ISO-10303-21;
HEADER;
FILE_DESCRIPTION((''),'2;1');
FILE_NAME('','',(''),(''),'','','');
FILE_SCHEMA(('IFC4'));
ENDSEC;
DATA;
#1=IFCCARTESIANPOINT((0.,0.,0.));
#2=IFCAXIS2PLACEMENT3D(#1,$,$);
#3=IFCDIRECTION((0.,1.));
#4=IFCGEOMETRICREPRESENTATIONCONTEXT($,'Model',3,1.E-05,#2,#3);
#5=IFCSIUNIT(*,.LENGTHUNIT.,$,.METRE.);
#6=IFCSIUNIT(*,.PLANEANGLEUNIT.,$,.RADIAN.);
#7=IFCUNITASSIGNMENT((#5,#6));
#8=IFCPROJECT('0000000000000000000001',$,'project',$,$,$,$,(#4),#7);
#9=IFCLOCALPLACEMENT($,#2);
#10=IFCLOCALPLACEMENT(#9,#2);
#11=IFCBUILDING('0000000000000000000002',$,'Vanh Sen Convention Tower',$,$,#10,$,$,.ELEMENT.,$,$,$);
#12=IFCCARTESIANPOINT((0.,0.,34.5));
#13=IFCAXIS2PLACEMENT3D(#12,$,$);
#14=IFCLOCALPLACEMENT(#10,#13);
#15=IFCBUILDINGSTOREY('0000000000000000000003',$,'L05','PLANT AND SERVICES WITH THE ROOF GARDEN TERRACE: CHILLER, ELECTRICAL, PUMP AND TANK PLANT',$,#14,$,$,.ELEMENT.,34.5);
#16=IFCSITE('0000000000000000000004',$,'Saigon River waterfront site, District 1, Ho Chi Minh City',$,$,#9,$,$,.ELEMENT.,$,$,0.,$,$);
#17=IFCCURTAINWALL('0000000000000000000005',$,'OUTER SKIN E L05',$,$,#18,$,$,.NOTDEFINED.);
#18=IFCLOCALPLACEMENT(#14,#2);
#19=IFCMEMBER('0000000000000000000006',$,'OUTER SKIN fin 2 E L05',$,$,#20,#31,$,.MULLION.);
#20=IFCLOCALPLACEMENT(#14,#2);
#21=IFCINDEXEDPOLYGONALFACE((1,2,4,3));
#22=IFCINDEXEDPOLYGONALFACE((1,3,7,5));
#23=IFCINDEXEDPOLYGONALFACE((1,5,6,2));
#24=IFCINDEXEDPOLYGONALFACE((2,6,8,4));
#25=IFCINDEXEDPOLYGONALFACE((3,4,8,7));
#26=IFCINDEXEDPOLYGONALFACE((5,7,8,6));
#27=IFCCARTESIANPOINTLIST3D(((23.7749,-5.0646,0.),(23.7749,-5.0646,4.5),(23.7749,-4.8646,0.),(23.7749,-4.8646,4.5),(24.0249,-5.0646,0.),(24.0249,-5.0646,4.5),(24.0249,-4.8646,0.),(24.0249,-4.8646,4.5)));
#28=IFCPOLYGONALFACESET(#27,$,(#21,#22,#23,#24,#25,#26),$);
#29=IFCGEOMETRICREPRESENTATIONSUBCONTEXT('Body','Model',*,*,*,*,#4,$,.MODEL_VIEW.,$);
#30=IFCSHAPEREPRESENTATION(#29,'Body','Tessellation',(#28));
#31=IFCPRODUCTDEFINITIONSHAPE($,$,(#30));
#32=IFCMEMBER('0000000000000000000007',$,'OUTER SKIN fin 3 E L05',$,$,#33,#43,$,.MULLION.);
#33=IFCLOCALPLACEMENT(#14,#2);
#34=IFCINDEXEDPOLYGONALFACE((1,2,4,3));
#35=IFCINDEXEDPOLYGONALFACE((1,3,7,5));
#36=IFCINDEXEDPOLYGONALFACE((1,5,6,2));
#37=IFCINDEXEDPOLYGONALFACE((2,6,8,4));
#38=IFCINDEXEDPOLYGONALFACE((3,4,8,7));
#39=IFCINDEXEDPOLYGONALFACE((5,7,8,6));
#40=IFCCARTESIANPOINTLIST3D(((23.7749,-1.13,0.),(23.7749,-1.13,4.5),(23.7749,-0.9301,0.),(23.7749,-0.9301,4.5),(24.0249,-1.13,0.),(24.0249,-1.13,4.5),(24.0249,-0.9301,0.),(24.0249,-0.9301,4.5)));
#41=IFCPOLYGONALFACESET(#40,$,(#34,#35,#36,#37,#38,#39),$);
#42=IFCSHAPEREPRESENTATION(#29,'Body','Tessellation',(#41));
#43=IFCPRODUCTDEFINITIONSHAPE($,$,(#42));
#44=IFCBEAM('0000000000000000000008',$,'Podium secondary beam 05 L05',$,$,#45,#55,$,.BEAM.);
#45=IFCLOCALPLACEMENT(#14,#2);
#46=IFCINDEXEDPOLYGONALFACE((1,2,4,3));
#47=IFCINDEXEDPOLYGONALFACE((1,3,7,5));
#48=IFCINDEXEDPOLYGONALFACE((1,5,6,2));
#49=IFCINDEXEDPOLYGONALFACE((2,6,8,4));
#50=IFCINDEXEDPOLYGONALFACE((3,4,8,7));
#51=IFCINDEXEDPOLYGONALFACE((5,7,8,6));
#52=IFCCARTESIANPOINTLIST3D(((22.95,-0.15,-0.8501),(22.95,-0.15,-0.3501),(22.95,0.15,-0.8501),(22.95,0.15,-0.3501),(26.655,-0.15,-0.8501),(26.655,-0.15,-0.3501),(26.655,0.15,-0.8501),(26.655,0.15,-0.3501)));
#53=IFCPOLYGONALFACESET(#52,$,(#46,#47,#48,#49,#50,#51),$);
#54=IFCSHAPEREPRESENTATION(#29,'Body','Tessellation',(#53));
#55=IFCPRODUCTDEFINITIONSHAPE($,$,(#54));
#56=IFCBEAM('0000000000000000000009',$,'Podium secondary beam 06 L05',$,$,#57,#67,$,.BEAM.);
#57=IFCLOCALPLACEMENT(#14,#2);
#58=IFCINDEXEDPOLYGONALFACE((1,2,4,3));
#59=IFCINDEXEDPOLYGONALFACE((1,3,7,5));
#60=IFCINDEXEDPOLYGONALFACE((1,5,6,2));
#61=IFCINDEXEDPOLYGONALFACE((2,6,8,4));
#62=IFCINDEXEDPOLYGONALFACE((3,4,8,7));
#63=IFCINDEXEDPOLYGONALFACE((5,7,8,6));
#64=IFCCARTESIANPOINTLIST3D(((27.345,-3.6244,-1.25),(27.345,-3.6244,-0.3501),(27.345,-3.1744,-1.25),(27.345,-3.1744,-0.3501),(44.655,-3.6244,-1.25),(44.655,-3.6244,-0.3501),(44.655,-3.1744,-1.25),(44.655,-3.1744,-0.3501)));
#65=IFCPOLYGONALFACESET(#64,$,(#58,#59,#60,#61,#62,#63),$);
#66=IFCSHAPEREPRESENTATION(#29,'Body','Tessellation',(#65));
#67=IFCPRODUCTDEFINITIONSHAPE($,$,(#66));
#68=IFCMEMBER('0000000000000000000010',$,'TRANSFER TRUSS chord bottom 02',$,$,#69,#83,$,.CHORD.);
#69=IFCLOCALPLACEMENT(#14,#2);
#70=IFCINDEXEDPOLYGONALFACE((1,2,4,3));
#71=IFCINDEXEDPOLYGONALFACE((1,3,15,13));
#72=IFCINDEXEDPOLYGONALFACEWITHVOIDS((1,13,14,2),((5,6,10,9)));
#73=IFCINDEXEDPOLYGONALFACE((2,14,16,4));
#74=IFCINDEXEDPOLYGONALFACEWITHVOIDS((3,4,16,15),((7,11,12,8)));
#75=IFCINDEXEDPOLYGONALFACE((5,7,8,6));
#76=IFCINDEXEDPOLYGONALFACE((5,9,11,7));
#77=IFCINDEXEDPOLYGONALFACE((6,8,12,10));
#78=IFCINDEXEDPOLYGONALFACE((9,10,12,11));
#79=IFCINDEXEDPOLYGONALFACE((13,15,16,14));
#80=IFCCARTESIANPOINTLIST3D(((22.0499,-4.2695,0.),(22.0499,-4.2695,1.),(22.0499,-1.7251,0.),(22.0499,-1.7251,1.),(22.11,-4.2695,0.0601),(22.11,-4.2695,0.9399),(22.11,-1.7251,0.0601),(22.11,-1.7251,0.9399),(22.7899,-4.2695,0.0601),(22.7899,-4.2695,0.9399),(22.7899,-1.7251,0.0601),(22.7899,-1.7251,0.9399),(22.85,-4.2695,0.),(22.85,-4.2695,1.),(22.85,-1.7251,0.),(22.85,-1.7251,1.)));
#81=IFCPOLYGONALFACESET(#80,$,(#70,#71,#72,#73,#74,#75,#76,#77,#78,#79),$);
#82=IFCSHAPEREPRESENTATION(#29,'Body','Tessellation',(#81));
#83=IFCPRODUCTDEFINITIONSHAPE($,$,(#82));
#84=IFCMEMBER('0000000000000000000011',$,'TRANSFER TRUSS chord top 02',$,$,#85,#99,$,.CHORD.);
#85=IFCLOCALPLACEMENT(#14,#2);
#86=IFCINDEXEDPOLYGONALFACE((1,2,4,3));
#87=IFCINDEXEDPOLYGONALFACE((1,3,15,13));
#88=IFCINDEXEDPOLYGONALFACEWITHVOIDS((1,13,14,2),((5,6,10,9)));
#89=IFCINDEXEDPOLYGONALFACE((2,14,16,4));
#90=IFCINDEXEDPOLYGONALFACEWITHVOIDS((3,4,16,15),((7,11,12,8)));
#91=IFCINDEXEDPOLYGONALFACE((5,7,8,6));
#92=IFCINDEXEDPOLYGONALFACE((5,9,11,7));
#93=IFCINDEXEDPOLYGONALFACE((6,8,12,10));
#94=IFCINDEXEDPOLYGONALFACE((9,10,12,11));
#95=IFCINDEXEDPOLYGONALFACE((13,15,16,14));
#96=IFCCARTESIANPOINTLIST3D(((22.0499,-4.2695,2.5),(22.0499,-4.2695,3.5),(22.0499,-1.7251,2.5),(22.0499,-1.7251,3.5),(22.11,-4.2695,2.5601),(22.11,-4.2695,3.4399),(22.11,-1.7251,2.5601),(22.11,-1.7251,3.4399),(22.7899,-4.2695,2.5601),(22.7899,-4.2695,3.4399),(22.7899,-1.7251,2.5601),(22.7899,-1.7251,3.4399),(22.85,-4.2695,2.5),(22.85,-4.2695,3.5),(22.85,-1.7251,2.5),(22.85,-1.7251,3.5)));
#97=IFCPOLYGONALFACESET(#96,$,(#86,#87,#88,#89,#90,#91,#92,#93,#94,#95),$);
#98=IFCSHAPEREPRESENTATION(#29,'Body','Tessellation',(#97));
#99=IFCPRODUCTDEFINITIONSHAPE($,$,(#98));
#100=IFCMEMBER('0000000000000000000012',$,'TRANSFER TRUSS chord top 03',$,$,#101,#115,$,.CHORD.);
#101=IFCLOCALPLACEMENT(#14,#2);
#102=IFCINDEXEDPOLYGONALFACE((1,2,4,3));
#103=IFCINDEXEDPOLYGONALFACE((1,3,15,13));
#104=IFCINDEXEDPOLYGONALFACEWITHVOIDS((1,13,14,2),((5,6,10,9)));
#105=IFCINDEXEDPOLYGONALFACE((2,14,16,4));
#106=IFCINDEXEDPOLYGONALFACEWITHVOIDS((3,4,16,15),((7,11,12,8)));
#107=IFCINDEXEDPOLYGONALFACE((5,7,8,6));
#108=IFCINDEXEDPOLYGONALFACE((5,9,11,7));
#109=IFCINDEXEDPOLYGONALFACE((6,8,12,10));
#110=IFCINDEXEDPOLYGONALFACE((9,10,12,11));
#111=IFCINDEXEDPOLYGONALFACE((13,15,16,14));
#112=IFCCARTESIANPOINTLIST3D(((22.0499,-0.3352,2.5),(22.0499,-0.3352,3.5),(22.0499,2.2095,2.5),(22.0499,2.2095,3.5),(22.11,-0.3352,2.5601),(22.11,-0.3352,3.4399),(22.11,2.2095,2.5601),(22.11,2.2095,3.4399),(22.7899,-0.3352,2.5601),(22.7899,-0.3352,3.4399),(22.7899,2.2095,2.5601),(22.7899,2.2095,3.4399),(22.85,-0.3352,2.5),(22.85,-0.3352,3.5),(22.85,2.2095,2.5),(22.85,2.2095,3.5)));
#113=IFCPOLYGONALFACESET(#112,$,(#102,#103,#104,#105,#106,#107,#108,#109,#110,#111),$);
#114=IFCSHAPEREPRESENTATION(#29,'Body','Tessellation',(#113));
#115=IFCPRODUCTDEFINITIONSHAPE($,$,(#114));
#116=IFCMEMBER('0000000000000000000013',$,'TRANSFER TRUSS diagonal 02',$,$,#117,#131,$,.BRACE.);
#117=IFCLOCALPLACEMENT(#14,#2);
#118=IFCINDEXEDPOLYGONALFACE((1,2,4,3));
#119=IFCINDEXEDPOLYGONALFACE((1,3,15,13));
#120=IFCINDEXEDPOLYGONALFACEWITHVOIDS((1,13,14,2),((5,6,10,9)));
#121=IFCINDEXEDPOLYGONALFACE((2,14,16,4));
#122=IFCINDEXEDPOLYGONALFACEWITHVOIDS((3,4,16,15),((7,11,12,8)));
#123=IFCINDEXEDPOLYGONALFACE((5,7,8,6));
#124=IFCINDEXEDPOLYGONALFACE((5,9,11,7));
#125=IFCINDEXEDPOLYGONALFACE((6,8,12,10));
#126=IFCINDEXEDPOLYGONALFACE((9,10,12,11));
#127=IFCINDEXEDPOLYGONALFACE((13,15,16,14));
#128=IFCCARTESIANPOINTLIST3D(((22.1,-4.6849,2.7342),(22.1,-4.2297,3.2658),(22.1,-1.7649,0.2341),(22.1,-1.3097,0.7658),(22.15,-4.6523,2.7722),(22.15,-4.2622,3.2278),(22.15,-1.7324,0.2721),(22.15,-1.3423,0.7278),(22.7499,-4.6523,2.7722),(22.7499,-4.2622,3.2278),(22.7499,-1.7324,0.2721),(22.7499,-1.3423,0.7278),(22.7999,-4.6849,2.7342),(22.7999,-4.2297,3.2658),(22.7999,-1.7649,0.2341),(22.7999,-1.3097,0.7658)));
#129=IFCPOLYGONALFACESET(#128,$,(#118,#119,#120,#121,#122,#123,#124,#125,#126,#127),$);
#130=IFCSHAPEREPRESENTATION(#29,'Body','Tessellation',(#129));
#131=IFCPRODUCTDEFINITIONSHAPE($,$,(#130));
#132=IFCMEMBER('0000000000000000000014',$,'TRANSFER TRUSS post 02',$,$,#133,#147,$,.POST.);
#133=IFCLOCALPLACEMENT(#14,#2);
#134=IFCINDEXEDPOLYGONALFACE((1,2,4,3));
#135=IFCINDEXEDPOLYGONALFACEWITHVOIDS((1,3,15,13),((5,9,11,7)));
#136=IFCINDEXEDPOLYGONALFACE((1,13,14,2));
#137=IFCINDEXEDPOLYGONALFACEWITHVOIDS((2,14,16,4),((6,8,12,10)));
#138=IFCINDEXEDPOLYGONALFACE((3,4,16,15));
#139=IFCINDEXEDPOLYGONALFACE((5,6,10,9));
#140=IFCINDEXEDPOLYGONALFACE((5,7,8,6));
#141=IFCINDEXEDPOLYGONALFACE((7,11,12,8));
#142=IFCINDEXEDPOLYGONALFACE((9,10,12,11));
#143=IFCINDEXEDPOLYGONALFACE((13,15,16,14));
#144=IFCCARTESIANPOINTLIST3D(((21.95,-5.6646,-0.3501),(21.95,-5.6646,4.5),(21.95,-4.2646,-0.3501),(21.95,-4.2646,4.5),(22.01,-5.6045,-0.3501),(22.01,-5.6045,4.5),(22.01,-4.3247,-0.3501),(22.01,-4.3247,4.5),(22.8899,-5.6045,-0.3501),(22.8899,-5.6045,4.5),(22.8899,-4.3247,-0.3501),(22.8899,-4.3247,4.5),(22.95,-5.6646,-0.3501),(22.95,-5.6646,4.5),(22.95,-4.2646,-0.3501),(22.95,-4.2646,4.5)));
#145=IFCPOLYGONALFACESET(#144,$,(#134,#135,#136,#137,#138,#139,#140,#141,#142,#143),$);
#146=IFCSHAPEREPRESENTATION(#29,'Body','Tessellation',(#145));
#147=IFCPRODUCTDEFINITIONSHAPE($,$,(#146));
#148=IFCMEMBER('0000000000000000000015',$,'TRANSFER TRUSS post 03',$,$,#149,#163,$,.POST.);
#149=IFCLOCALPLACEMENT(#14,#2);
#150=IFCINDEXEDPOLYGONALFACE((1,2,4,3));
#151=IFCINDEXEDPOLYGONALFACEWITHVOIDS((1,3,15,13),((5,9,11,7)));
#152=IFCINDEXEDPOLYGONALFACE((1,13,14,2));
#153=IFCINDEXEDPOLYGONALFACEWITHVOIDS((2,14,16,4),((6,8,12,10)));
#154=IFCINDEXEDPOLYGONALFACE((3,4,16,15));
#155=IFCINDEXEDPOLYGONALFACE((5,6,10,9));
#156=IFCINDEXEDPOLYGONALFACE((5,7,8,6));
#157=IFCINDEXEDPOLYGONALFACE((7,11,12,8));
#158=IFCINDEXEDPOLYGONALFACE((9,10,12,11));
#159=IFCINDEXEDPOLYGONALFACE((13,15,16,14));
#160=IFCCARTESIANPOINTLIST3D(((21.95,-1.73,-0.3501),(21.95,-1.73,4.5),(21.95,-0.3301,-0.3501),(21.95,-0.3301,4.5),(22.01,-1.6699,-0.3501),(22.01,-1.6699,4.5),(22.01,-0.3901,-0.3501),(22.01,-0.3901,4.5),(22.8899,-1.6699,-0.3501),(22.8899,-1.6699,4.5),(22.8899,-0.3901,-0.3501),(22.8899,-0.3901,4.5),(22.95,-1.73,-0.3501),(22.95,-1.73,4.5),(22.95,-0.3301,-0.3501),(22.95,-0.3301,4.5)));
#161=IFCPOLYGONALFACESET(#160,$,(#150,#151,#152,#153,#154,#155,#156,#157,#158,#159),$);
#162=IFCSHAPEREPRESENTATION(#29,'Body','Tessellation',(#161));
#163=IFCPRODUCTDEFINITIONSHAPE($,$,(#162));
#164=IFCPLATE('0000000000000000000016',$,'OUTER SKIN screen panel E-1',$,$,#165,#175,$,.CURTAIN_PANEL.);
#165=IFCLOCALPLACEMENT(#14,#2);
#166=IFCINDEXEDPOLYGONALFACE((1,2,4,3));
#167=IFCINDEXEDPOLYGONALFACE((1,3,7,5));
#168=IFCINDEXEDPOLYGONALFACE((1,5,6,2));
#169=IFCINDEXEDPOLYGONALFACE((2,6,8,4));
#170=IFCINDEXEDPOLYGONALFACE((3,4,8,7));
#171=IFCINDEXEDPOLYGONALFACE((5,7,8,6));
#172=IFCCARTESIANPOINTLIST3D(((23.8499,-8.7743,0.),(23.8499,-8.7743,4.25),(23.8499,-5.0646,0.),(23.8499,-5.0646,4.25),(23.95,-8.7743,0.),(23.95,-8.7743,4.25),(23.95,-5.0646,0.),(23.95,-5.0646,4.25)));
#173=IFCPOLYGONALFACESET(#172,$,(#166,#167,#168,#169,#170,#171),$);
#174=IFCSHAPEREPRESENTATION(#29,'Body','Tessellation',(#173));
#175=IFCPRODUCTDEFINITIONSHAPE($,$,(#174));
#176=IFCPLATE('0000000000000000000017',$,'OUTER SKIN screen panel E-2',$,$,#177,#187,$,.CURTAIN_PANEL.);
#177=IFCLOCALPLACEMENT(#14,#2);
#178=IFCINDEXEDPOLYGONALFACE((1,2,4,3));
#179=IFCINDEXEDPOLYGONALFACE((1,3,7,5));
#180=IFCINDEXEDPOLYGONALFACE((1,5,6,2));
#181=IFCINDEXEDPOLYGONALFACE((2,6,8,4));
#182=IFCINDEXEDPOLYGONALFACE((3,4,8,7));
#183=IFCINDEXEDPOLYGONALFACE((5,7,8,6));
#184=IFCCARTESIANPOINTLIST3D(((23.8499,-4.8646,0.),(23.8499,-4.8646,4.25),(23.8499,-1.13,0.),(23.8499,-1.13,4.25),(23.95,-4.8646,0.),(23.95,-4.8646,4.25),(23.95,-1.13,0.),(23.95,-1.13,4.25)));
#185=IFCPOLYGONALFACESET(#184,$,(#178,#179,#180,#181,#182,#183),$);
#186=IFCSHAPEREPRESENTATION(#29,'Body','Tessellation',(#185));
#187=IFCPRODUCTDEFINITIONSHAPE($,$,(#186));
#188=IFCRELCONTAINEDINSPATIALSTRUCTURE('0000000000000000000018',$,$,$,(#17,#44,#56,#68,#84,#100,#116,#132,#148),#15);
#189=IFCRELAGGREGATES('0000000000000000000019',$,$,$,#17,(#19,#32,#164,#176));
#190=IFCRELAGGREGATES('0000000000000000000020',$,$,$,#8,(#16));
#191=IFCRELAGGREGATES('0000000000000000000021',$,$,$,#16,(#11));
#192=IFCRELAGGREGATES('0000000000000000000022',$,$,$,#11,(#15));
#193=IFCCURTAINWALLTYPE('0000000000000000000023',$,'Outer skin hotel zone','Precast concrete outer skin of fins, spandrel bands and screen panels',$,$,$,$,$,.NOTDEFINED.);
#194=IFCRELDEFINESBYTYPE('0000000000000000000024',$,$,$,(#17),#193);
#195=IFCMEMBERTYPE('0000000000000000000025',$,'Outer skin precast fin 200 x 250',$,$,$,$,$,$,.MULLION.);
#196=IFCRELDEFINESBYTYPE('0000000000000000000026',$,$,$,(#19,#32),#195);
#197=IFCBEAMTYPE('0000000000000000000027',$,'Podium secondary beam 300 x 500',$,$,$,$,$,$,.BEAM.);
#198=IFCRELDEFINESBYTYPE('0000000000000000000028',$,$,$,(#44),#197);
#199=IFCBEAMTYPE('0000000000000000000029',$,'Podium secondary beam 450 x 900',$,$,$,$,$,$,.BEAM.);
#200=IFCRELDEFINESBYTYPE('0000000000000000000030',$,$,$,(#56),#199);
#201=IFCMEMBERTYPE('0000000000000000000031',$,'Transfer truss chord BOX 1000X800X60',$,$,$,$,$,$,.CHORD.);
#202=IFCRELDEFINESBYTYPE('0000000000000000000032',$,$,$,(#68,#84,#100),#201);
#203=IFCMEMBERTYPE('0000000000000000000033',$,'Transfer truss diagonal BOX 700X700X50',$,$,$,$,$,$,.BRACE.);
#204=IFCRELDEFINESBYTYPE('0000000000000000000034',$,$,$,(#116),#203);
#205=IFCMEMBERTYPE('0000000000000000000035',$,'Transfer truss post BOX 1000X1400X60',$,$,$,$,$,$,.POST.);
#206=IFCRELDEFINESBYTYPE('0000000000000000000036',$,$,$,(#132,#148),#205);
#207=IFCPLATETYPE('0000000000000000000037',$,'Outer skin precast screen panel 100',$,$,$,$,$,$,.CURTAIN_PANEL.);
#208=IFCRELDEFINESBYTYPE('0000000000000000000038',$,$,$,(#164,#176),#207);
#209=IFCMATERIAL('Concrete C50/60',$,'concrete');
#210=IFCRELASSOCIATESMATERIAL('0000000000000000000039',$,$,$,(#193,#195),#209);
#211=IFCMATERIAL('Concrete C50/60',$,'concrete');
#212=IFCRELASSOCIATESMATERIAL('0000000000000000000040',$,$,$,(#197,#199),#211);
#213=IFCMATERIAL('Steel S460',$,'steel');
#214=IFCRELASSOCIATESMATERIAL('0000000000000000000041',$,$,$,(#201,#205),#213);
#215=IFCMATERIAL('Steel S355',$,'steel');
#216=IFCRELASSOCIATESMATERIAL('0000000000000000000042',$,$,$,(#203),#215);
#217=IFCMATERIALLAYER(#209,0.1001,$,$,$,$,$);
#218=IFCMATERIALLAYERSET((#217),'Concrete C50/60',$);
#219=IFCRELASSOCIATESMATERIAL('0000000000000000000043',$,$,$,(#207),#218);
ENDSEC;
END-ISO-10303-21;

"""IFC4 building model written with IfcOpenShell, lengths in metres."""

from ifc_helpers import new_model, si_unit, direction, frame, origin, origin_2d, place, context, subcontext, project, spatial, rectangle, hollow_rectangle, extrude, material, layer, layer_set, material_profile, profile_set, type_object, element, aggregate, save


model = new_model("IFC4")

# Units and contexts
model_context = context("Model", 3, precision=1e-05, world=origin(), true_north=direction((0.0, 1.0)))
body_context = subcontext(model_context, "Body", "Model", "MODEL_VIEW")
ifc_project = project(units=[si_unit("LENGTHUNIT", "METRE"), si_unit("PLANEANGLEUNIT", "RADIAN")], contexts=[model_context])

# Site, building, storey
site_placement = place(None, origin())
site = spatial("IfcSite", under=ifc_project, at=site_placement, Name="Saigon River waterfront site, District 1, Ho Chi Minh City", CompositionType="ELEMENT", RefElevation=0.0)
building_placement = place(site_placement, origin())
building = spatial("IfcBuilding", under=site, at=building_placement, Name="Vanh Sen Convention Tower", CompositionType="ELEMENT")
storey_placement = place(building_placement, frame((0.0, 0.0, 34.5)))
storey = spatial("IfcBuildingStorey", under=building, at=storey_placement, Name="L05", Description="PLANT AND SERVICES WITH THE ROOF GARDEN TERRACE: CHILLER, ELECTRICAL, PUMP AND TANK PLANT", CompositionType="ELEMENT", Elevation=34.5)

# Curtain wall, members
ifc_material_1 = material(Name="Concrete C50/60", Category="concrete")
curtain_wall_type = type_object("IfcCurtainWallType", Name="Outer skin hotel zone", Description="Precast concrete outer skin of fins, spandrel bands and screen panels", PredefinedType="NOTDEFINED", material=ifc_material_1)
curtain_wall_placement = place(storey_placement, origin())
curtain_wall = element("IfcCurtainWall", 1, at=curtain_wall_placement, inside=storey, type_object=curtain_wall_type, Name="OUTER SKIN E L05", PredefinedType="NOTDEFINED")
ifc_material_profile_1 = material_profile(ifc_material_1, rectangle(XDim=0.2, YDim=0.25, at=origin_2d()), Name="Outer skin precast fin 200 x 250")
ifc_profile_set_1 = profile_set([ifc_material_profile_1], Name="Concrete C50/60")
member_type_1 = type_object("IfcMemberType", Name="Outer skin precast fin 200 x 250", PredefinedType="MULLION", material=ifc_profile_set_1)
member_1_placement = place(storey_placement, frame((23.8999, -4.9646, 0.0), z_axis=(0.0, 0.0, 1.0), x_axis=(0.0, 1.0, 0.0)))
member_1 = element("IfcMember", 2, at=member_1_placement, type_object=member_type_1, Name="OUTER SKIN fin 2 E L05", PredefinedType="MULLION", context=body_context, shape_type="SweptSolid", body=[
    extrude(rectangle(XDim=0.2, YDim=0.25, at=origin_2d()), origin(), (0.0, 0.0, 1.0), 4.5),
])
member_2_placement = place(storey_placement, frame((23.8999, -1.03, 0.0), z_axis=(0.0, 0.0, 1.0), x_axis=(0.0, 1.0, 0.0)))
member_2 = element("IfcMember", 3, at=member_2_placement, type_object=member_type_1, Name="OUTER SKIN fin 3 E L05", PredefinedType="MULLION", context=body_context, shape_type="SweptSolid", body=[
    extrude(rectangle(XDim=0.2, YDim=0.25, at=origin_2d()), origin(), (0.0, 0.0, 1.0), 4.5),
])

# Beams
ifc_material_2 = material(Name="Concrete C50/60", Category="concrete")
ifc_material_profile_2 = material_profile(ifc_material_2, rectangle(XDim=0.3, YDim=0.5, at=origin_2d()), Name="RC 300X500")
ifc_profile_set_2 = profile_set([ifc_material_profile_2], Name="Concrete C50/60")
beam_type_1 = type_object("IfcBeamType", Name="Podium secondary beam 300 x 500", PredefinedType="BEAM", material=ifc_profile_set_2)
beam_1_placement = place(storey_placement, frame((22.95, 0.0, -0.6001), z_axis=(1.0, 0.0, 0.0), x_axis=(0.0, 1.0, 0.0)))
element("IfcBeam", 4, at=beam_1_placement, inside=storey, type_object=beam_type_1, Name="Podium secondary beam 05 L05", PredefinedType="BEAM", context=body_context, shape_type="SweptSolid", body=[
    extrude(rectangle(XDim=0.3, YDim=0.5, at=origin_2d()), origin(), (0.0, 0.0, 1.0), 3.7051),
])
ifc_material_profile_3 = material_profile(ifc_material_2, rectangle(XDim=0.45, YDim=0.8999, at=origin_2d()), Name="RC 450X900")
ifc_profile_set_3 = profile_set([ifc_material_profile_3], Name="Concrete C50/60")
beam_type_2 = type_object("IfcBeamType", Name="Podium secondary beam 450 x 900", PredefinedType="BEAM", material=ifc_profile_set_3)
beam_2_placement = place(storey_placement, frame((27.345, -3.3994, -0.8), z_axis=(1.0, 0.0, 0.0), x_axis=(0.0, 1.0, 0.0)))
element("IfcBeam", 5, at=beam_2_placement, inside=storey, type_object=beam_type_2, Name="Podium secondary beam 06 L05", PredefinedType="BEAM", context=body_context, shape_type="SweptSolid", body=[
    extrude(rectangle(XDim=0.45, YDim=0.8999, at=origin_2d()), origin(), (0.0, 0.0, 1.0), 17.3101),
])

# Members
ifc_material_3 = material(Name="Steel S460", Category="steel")
ifc_material_profile_4 = material_profile(ifc_material_3, hollow_rectangle(XDim=0.8, YDim=1.0, WallThickness=0.0601, at=origin_2d()), Name="BOX 1000X800X60")
ifc_profile_set_4 = profile_set([ifc_material_profile_4], Name="Steel S460")
member_type_2 = type_object("IfcMemberType", Name="Transfer truss chord BOX 1000X800X60", PredefinedType="CHORD", material=ifc_profile_set_4)
for number, where, z_axis, x_axis, name in (
    (6, (22.45, -4.2695, 0.5), (0.0, 1.0, 0.0), (-1.0, 0.0, 0.0), "TRANSFER TRUSS chord bottom 02"),
    (7, (22.45, -4.2695, 3.0), (0.0, 1.0, 0.0), (-1.0, 0.0, 0.0), "TRANSFER TRUSS chord top 02"),
):
    element("IfcMember", number, at=place(storey_placement, frame(where, z_axis=z_axis, x_axis=x_axis)), inside=storey, type_object=member_type_2, Name=name, PredefinedType="CHORD", context=body_context, shape_type="SweptSolid", body=[
        extrude(hollow_rectangle(XDim=0.8, YDim=1.0, WallThickness=0.0601, at=origin_2d()), origin(), (0.0, 0.0, 1.0), 2.5444),
    ])
member_3_placement = place(storey_placement, frame((22.45, -0.3352, 3.0), z_axis=(0.0, 1.0, 0.0), x_axis=(-1.0, 0.0, 0.0)))
element("IfcMember", 8, at=member_3_placement, inside=storey, type_object=member_type_2, Name="TRANSFER TRUSS chord top 03", PredefinedType="CHORD", context=body_context, shape_type="SweptSolid", body=[
    extrude(hollow_rectangle(XDim=0.8, YDim=1.0, WallThickness=0.0601, at=origin_2d()), origin(), (0.0, 0.0, 1.0), 2.5447),
])
ifc_material_4 = material(Name="Steel S355", Category="steel")
ifc_material_profile_5 = material_profile(ifc_material_4, hollow_rectangle(XDim=0.7, YDim=0.7, WallThickness=0.05, at=origin_2d()), Name="BOX 700X700X50")
ifc_profile_set_5 = profile_set([ifc_material_profile_5], Name="Steel S355")
member_type_3 = type_object("IfcMemberType", Name="Transfer truss diagonal BOX 700X700X50", PredefinedType="BRACE", material=ifc_profile_set_5)
member_4_placement = place(storey_placement, frame((22.45, -4.4573, 3.0), z_axis=(0.0, 0.759615, -0.650373), x_axis=(-1.0, 0.0, 0.0)))
element("IfcMember", 9, at=member_4_placement, inside=storey, type_object=member_type_3, Name="TRANSFER TRUSS diagonal 02", PredefinedType="BRACE", context=body_context, shape_type="SweptSolid", body=[
    extrude(hollow_rectangle(XDim=0.7, YDim=0.7, WallThickness=0.05, at=origin_2d()), origin(), (0.0, 0.0, 1.0), 3.844),
])
ifc_material_profile_6 = material_profile(ifc_material_3, hollow_rectangle(XDim=1.3999, YDim=1.0, WallThickness=0.0601, at=origin_2d()), Name="BOX 1000X1400X60")
ifc_profile_set_6 = profile_set([ifc_material_profile_6], Name="Steel S460")
member_type_4 = type_object("IfcMemberType", Name="Transfer truss post BOX 1000X1400X60", PredefinedType="POST", material=ifc_profile_set_6)
for number, where, z_axis, x_axis, name in (
    (10, (22.45, -4.9646, -0.3501), (0.0, 0.0, 1.0), (0.0, 1.0, 0.0), "TRANSFER TRUSS post 02"),
    (11, (22.45, -1.03, -0.3501), (0.0, 0.0, 1.0), (0.0, 1.0, 0.0), "TRANSFER TRUSS post 03"),
):
    element("IfcMember", number, at=place(storey_placement, frame(where, z_axis=z_axis, x_axis=x_axis)), inside=storey, type_object=member_type_4, Name=name, PredefinedType="POST", context=body_context, shape_type="SweptSolid", body=[
        extrude(hollow_rectangle(XDim=1.3999, YDim=1.0, WallThickness=0.0601, at=origin_2d()), origin(), (0.0, 0.0, 1.0), 4.8501),
    ])

# Plates
ifc_layer_1 = layer(ifc_material_1, 0.1001)
ifc_layer_set_1 = layer_set([ifc_layer_1], Name="Concrete C50/60")
plate_type = type_object("IfcPlateType", Name="Outer skin precast screen panel 100", PredefinedType="CURTAIN_PANEL", material=ifc_layer_set_1)
plate_1_placement = place(storey_placement, frame((23.8999, -6.9194, 0.0), z_axis=(0.0, 0.0, 1.0), x_axis=(0.0, 1.0, 0.0)))
plate_1 = element("IfcPlate", 12, at=plate_1_placement, type_object=plate_type, Name="OUTER SKIN screen panel E-1", PredefinedType="CURTAIN_PANEL", context=body_context, shape_type="SweptSolid", body=[
    extrude(rectangle(XDim=3.7097, YDim=0.1001, at=origin_2d()), origin(), (0.0, 0.0, 1.0), 4.25),
])
plate_2_placement = place(storey_placement, frame((23.8999, -2.9973, 0.0), z_axis=(0.0, 0.0, 1.0), x_axis=(0.0, 1.0, 0.0)))
plate_2 = element("IfcPlate", 13, at=plate_2_placement, type_object=plate_type, Name="OUTER SKIN screen panel E-2", PredefinedType="CURTAIN_PANEL", context=body_context, shape_type="SweptSolid", body=[
    extrude(rectangle(XDim=3.7346, YDim=0.1001, at=origin_2d()), origin(), (0.0, 0.0, 1.0), 4.25),
])
aggregate(curtain_wall, [member_1, member_2, plate_1, plate_2])

save(model, "model.ifc")
